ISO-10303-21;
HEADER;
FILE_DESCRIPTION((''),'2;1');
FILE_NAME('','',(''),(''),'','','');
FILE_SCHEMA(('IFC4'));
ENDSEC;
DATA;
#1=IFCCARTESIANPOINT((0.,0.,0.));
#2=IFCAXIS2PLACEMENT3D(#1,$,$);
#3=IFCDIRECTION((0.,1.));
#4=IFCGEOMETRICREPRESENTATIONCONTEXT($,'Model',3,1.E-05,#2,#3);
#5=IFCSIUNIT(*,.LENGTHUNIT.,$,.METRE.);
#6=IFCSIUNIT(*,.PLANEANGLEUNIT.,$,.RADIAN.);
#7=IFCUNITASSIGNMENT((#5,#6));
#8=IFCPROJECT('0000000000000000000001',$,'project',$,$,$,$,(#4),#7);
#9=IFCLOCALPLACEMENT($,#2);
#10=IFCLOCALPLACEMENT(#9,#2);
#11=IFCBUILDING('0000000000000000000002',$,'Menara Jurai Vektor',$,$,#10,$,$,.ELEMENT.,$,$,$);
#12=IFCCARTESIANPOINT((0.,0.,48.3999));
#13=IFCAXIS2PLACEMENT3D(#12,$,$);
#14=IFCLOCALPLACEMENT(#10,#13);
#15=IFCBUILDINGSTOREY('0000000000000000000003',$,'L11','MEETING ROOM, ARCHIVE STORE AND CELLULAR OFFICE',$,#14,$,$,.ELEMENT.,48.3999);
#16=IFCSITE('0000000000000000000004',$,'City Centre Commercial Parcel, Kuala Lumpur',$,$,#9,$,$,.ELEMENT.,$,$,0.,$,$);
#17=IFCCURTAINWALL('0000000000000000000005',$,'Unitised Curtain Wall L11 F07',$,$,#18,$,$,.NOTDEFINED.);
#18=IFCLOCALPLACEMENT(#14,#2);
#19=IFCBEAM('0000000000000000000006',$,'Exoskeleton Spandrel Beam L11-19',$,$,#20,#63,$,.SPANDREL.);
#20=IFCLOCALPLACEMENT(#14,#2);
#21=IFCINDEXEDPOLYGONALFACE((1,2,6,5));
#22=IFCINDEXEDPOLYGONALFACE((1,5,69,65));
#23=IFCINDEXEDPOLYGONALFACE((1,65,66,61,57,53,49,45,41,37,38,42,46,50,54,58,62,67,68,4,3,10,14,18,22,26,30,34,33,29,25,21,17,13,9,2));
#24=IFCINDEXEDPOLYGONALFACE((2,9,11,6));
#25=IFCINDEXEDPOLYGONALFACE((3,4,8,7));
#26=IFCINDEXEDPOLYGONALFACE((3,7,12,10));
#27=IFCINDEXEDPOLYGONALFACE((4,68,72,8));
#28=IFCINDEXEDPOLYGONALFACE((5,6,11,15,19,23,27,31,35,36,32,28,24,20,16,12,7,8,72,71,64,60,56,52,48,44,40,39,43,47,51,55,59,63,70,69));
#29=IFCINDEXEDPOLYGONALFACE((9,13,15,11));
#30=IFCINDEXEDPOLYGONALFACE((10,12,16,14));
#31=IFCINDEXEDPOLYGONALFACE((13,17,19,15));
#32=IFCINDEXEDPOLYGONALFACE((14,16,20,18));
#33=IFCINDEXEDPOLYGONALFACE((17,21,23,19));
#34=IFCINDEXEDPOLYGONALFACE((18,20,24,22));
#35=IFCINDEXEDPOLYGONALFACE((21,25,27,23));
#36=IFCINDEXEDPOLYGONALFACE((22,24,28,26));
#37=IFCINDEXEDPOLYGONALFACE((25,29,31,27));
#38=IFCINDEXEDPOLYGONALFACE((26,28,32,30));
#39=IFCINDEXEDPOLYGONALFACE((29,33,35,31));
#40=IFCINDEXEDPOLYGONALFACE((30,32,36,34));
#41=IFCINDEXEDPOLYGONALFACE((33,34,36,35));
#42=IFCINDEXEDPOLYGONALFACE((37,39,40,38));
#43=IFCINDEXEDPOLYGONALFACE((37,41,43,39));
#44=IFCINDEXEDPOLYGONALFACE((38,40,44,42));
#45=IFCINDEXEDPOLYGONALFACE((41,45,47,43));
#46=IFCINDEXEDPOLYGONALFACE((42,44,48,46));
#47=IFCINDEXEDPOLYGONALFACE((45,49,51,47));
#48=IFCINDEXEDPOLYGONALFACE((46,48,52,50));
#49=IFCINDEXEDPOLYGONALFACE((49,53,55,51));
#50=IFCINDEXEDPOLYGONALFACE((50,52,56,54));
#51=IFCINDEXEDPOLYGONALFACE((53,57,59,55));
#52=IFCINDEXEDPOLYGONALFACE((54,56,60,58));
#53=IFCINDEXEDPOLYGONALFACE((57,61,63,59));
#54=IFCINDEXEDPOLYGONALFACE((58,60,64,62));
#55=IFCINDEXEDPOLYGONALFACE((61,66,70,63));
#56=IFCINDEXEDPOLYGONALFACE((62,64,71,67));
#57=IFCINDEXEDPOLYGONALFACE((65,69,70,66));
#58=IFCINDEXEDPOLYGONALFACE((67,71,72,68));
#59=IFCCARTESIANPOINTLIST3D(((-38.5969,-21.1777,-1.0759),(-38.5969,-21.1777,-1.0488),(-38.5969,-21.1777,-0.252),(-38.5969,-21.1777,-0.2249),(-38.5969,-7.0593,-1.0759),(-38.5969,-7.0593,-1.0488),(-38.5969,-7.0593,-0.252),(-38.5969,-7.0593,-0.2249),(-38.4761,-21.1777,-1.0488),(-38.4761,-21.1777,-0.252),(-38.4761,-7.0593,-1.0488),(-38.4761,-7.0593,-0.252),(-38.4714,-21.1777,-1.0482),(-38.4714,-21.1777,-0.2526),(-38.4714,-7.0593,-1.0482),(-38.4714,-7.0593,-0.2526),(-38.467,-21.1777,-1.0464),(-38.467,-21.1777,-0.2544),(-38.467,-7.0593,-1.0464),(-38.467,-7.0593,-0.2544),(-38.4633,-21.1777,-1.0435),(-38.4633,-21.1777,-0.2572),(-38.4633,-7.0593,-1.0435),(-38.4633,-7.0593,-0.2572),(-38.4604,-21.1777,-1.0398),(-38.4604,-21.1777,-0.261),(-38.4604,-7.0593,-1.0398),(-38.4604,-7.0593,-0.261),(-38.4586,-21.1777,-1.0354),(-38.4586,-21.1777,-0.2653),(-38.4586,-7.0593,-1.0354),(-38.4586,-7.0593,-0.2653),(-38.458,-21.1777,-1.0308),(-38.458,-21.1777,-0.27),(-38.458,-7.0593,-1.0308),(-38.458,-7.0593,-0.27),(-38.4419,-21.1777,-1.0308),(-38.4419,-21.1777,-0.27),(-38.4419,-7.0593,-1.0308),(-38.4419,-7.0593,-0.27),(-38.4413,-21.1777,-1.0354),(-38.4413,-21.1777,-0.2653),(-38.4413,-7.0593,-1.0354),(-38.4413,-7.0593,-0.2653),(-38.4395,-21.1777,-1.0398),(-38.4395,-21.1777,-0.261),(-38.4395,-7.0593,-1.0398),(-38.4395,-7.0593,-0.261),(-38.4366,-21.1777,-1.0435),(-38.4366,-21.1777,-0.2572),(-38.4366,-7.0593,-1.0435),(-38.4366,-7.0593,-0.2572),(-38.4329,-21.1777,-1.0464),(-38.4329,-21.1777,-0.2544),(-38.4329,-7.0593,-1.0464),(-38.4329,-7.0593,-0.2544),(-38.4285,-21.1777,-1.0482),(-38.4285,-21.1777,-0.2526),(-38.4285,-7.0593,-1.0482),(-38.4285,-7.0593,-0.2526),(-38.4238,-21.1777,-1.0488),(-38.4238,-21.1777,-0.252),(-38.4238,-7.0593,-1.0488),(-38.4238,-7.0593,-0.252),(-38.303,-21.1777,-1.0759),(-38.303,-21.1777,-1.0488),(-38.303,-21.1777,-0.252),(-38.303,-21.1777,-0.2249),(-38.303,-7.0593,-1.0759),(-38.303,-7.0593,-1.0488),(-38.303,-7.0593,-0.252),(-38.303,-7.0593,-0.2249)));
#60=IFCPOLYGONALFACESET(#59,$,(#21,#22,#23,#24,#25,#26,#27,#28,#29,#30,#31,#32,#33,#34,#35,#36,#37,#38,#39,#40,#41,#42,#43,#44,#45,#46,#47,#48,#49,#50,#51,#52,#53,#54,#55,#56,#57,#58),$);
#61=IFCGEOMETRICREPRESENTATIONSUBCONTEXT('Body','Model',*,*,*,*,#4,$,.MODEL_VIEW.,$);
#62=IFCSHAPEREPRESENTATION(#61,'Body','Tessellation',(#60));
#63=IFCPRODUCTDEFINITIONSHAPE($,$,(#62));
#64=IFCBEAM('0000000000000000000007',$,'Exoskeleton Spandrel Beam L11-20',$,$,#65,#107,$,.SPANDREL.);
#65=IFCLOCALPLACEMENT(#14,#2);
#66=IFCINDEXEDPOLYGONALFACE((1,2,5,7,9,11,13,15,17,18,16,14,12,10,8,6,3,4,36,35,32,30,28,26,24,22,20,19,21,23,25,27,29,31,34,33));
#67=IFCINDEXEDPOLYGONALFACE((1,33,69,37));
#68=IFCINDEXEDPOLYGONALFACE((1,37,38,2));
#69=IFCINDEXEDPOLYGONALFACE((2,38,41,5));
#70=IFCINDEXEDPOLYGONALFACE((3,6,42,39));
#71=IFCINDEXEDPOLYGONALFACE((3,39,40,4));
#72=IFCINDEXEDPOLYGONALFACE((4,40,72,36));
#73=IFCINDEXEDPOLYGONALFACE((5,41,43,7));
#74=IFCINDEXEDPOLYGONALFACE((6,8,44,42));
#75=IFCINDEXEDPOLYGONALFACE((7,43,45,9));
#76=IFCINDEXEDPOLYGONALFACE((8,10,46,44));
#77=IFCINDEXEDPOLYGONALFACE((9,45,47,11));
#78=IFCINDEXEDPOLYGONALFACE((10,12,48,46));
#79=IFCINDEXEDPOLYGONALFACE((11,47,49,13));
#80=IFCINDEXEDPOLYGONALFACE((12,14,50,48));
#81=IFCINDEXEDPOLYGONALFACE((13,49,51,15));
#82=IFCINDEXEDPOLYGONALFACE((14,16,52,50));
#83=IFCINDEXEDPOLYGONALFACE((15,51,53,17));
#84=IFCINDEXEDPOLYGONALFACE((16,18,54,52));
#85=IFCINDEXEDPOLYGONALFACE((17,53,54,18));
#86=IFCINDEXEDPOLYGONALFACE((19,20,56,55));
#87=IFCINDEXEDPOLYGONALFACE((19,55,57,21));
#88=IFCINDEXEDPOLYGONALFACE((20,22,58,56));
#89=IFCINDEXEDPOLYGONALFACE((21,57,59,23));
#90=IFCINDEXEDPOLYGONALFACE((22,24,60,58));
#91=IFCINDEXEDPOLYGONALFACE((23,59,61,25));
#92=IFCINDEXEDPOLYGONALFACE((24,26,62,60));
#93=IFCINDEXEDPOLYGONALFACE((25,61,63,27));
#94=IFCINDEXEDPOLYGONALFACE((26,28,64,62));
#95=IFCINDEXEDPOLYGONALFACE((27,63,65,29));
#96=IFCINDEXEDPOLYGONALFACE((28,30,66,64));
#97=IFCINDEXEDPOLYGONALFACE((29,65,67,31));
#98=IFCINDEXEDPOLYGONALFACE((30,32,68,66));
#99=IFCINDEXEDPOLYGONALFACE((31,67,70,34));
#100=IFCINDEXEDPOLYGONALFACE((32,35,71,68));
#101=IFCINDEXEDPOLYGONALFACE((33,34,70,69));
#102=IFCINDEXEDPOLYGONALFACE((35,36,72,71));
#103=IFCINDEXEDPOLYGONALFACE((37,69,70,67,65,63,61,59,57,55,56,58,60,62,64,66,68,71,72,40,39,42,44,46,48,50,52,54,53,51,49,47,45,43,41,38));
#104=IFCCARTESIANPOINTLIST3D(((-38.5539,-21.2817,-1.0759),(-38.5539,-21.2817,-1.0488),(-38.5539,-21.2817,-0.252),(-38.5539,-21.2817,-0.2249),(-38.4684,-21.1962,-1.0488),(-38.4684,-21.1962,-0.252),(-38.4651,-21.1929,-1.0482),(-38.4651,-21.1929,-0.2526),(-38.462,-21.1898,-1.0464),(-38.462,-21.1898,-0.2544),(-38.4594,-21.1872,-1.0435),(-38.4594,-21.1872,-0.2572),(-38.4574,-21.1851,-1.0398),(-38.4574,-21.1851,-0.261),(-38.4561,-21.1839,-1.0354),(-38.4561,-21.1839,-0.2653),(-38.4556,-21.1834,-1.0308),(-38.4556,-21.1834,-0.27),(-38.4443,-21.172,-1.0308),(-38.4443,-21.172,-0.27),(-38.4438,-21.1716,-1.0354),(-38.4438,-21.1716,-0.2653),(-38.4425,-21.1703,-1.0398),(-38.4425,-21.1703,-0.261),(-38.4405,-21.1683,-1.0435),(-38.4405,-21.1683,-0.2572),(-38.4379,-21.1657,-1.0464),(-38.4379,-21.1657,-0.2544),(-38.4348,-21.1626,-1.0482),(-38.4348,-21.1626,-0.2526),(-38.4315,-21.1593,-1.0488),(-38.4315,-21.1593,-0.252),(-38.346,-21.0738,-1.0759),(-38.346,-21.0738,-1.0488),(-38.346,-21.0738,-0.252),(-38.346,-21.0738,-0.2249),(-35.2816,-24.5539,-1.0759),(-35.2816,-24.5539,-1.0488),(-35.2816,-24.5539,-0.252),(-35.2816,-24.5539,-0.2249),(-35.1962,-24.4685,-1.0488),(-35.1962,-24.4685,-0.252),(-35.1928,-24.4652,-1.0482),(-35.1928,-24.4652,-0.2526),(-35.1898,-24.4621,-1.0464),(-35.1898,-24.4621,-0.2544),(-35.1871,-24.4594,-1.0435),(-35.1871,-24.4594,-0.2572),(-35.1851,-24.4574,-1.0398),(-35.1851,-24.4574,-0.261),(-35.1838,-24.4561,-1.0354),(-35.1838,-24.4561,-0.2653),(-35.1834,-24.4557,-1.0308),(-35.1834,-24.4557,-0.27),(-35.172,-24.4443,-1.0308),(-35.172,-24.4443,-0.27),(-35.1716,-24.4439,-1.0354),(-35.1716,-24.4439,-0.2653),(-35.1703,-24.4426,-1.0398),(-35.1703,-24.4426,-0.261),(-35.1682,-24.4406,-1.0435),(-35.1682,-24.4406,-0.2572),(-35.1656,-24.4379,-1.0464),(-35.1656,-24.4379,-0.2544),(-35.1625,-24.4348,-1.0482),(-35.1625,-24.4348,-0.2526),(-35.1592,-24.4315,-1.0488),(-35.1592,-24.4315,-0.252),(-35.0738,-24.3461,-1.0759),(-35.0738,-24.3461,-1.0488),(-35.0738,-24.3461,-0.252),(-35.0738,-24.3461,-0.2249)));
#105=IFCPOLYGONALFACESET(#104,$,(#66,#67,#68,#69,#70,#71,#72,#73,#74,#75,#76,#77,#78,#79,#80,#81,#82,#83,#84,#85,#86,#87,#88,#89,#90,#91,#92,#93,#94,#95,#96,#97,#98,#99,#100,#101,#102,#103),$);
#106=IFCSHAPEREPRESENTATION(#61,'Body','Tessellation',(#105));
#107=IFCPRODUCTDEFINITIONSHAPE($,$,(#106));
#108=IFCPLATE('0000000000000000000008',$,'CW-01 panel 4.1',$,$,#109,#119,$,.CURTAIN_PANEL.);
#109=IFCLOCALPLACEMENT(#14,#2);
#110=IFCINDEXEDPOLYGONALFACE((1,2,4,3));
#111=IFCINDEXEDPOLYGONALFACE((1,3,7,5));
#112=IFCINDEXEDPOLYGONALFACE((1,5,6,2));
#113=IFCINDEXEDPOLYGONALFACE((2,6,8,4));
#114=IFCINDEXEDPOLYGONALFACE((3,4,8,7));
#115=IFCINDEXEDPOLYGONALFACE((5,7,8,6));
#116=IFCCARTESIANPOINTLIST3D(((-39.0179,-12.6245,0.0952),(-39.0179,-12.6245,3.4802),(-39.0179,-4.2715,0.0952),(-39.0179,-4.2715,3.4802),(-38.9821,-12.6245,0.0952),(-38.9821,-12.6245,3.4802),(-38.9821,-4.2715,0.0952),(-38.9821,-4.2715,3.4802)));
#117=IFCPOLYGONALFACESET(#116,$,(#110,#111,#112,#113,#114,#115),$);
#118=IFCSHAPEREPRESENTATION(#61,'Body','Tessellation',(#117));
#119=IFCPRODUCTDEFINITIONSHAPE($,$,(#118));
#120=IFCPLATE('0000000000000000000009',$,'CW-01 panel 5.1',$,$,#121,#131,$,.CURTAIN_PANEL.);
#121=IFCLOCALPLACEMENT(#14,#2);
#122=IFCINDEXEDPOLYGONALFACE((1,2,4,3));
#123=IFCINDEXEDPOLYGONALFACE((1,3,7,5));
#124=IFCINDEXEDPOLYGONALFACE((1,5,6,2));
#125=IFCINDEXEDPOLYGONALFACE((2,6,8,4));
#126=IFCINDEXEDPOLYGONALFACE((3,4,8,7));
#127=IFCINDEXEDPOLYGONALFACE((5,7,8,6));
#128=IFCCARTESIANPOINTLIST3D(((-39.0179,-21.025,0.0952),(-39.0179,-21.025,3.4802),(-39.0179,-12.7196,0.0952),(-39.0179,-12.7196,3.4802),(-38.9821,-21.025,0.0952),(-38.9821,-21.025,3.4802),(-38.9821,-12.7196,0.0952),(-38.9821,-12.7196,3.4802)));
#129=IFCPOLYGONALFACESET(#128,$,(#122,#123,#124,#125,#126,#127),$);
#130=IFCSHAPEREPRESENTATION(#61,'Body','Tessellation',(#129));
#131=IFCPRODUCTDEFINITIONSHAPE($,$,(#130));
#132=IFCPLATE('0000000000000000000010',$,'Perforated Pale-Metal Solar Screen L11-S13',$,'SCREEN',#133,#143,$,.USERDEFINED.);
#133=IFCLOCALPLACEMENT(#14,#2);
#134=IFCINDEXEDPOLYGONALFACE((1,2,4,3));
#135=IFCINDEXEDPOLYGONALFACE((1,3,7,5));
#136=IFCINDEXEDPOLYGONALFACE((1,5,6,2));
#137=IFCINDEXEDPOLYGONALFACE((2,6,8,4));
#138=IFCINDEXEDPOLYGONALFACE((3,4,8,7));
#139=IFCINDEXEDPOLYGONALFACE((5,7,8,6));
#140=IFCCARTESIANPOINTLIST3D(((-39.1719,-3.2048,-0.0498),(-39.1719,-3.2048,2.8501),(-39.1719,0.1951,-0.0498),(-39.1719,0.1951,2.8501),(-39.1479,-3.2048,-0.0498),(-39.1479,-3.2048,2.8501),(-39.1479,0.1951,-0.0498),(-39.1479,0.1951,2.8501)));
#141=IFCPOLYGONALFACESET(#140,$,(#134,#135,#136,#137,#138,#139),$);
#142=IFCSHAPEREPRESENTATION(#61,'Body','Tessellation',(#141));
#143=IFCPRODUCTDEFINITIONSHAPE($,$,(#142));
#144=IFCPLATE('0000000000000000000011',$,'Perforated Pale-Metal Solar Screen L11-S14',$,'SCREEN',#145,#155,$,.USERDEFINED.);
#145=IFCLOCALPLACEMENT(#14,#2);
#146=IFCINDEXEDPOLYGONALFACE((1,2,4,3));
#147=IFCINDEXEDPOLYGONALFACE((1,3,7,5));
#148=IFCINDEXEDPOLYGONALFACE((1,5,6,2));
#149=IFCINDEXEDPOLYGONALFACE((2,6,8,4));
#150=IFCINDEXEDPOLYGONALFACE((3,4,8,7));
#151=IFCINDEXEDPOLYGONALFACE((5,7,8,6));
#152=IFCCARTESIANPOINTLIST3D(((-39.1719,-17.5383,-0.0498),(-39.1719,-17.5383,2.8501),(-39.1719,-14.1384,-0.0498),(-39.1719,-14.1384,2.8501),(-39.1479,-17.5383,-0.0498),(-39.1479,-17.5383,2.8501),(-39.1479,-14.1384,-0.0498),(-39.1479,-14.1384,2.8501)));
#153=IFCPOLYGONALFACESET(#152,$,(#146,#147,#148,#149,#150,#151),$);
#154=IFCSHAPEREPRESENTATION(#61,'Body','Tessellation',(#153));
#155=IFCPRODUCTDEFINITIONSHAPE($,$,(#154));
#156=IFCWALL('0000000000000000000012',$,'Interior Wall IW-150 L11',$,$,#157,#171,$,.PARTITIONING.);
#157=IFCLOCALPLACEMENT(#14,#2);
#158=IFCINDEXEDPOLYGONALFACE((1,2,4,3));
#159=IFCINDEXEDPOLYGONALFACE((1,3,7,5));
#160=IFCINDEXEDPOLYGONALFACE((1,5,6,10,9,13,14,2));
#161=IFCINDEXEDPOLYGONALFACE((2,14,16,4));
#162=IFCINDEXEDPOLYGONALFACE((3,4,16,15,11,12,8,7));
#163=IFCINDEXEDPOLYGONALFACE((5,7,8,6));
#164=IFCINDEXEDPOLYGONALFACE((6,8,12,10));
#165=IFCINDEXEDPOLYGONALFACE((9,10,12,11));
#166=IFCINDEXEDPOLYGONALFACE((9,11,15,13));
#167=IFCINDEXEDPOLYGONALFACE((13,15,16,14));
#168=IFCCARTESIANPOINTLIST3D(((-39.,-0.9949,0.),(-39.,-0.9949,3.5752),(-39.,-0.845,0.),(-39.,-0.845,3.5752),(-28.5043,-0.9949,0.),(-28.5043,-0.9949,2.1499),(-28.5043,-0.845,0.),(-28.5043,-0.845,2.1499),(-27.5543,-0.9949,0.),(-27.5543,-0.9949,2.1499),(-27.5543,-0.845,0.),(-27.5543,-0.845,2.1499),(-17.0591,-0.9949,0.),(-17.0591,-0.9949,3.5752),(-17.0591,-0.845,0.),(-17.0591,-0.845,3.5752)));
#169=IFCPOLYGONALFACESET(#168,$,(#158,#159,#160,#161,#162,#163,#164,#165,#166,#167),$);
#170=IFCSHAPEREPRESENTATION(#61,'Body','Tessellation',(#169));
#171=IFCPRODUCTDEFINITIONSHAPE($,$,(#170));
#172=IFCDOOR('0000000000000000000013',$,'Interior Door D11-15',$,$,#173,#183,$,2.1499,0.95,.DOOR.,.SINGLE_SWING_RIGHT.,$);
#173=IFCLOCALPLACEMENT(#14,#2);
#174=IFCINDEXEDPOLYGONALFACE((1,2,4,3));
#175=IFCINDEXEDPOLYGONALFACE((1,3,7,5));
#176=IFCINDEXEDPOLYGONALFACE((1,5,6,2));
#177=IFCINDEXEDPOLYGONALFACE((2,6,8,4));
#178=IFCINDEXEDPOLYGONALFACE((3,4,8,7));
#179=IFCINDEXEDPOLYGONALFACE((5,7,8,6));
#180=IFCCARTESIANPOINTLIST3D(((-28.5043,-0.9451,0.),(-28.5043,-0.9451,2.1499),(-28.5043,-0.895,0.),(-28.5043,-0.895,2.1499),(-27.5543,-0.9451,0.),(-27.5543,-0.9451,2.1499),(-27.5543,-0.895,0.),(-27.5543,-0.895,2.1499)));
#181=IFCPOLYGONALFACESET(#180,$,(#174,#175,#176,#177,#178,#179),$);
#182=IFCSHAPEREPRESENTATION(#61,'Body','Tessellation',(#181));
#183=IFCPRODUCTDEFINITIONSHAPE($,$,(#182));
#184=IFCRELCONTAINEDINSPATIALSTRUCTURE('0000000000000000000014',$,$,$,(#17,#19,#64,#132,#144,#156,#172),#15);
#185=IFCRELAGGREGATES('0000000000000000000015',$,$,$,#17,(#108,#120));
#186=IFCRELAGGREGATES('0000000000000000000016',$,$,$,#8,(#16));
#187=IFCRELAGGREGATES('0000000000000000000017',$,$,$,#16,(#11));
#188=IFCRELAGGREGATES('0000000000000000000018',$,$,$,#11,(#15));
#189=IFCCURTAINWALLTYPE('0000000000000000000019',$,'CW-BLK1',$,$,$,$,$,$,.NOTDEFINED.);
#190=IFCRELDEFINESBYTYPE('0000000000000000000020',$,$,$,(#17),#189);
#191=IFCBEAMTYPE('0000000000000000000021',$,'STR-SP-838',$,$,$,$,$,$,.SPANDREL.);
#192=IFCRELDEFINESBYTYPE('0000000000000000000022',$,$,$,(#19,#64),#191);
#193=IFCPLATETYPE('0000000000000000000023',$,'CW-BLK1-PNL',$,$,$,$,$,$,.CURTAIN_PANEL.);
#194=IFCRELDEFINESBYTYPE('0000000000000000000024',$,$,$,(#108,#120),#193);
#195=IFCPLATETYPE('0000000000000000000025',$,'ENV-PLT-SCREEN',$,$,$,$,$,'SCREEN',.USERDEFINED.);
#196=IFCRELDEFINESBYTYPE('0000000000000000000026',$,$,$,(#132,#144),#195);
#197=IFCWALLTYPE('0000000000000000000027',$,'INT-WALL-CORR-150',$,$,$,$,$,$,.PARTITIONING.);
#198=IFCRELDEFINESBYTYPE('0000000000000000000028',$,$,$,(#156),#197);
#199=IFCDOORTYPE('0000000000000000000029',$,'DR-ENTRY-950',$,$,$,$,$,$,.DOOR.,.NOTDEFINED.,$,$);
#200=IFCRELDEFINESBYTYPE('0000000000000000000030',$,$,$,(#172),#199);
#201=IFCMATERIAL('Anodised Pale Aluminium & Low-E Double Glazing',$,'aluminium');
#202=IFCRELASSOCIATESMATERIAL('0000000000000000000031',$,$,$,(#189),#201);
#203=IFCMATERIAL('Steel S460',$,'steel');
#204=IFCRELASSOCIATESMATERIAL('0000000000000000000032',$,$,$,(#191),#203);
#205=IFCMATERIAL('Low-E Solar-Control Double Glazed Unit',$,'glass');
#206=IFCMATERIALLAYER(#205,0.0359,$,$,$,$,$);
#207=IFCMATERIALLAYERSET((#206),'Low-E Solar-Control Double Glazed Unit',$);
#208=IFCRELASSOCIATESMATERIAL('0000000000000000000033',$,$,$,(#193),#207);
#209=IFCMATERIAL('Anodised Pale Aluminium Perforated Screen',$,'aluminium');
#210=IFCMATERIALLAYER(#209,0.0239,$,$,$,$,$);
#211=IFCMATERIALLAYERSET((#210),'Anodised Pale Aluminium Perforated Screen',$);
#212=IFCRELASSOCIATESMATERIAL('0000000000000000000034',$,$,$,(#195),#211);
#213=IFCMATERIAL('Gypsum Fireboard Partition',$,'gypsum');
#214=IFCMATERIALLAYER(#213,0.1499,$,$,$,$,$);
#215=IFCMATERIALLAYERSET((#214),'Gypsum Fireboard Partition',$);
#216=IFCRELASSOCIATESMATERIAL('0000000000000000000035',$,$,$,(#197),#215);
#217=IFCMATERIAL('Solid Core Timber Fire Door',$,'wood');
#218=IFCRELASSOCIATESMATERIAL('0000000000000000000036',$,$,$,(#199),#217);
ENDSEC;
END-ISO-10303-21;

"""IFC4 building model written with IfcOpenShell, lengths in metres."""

from ifc_helpers import new_model, si_unit, direction, frame, frame_2d, origin, origin_2d, place, context, subcontext, project, spatial, rectangle, i_section, extrude, material, layer, layer_set, material_profile, profile_set, type_object, element, fill, aggregate, save


model = new_model("IFC4")

# Units and contexts
model_context = context("Model", 3, precision=1e-05, world=origin(), true_north=direction((0.0, 1.0)))
body_context = subcontext(model_context, "Body", "Model", "MODEL_VIEW")
ifc_project = project(units=[si_unit("LENGTHUNIT", "METRE"), si_unit("PLANEANGLEUNIT", "RADIAN")], contexts=[model_context])

# Site, building, storey
site_placement = place(None, origin())
site = spatial("IfcSite", under=ifc_project, at=site_placement, Name="City Centre Commercial Parcel, Kuala Lumpur", CompositionType="ELEMENT", RefElevation=0.0)
building_placement = place(site_placement, origin())
building = spatial("IfcBuilding", under=site, at=building_placement, Name="Menara Jurai Vektor", CompositionType="ELEMENT")
storey_placement = place(building_placement, frame((0.0, 0.0, 48.3999)))
storey = spatial("IfcBuildingStorey", under=building, at=storey_placement, Name="L11", Description="MEETING ROOM, ARCHIVE STORE AND CELLULAR OFFICE", CompositionType="ELEMENT", Elevation=48.3999)

# Shared definitions
ifc_material_1 = material(Name="Steel S460", Category="steel")

# Curtain wall
ifc_material_2 = material(Name="Anodised Pale Aluminium & Low-E Double Glazing", Category="aluminium")
curtain_wall_type = type_object("IfcCurtainWallType", Name="CW-BLK1", PredefinedType="NOTDEFINED", material=ifc_material_2)
curtain_wall_placement = place(storey_placement, origin())
curtain_wall = element("IfcCurtainWall", 1, at=curtain_wall_placement, inside=storey, type_object=curtain_wall_type, Name="Unitised Curtain Wall L11 F07", PredefinedType="NOTDEFINED")

# Beams
ifc_material_profile_1 = material_profile(ifc_material_1, i_section(OverallWidth=0.2939, OverallDepth=0.8511, WebThickness=0.0161, FlangeThickness=0.0271, FilletRadius=0.0181, at=origin_2d()), Name="UKB 838x292x226")
ifc_profile_set_1 = profile_set([ifc_material_profile_1], Name="Steel S460")
beam_type_1 = type_object("IfcBeamType", Name="STR-SP-838", PredefinedType="SPANDREL", material=ifc_profile_set_1)
beam_1_placement = place(storey_placement, frame((-38.45, -7.0593, -0.6504), z_axis=(0.0, -1.0, 0.0), x_axis=(1.0, 0.0, 0.0)))
element("IfcBeam", 2, at=beam_1_placement, inside=storey, type_object=beam_type_1, Name="Exoskeleton Spandrel Beam L11-19", PredefinedType="SPANDREL", context=body_context, shape_type="SweptSolid", body=[
    extrude(i_section(OverallWidth=0.2939, OverallDepth=0.8511, WebThickness=0.0161, FlangeThickness=0.0271, FilletRadius=0.0181, at=origin_2d()), origin(), (0.0, 0.0, 1.0), 14.1184),
])
beam_2_placement = place(storey_placement, frame((-38.45, -21.1777, -0.6504), z_axis=(0.707107, -0.707107, 0.0), x_axis=(0.707107, 0.707107, 0.0)))
element("IfcBeam", 3, at=beam_2_placement, inside=storey, type_object=beam_type_1, Name="Exoskeleton Spandrel Beam L11-20", PredefinedType="SPANDREL", context=body_context, shape_type="SweptSolid", body=[
    extrude(i_section(OverallWidth=0.2939, OverallDepth=0.8511, WebThickness=0.0161, FlangeThickness=0.0271, FilletRadius=0.0181, at=origin_2d()), origin(), (0.0, 0.0, 1.0), 4.6277),
])

# Plates
ifc_material_3 = material(Name="Low-E Solar-Control Double Glazed Unit", Category="glass")
ifc_layer_1 = layer(ifc_material_3, 0.0359)
ifc_layer_set_1 = layer_set([ifc_layer_1], Name="Low-E Solar-Control Double Glazed Unit")
plate_type_1 = type_object("IfcPlateType", Name="CW-BLK1-PNL", PredefinedType="CURTAIN_PANEL", material=ifc_layer_set_1)
plate_1_placement = place(storey_placement, frame((-39.0, -8.448, 0.0952), z_axis=(0.0, 0.0, 1.0), x_axis=(0.0, -1.0, 0.0)))
plate_1 = element("IfcPlate", 4, at=plate_1_placement, type_object=plate_type_1, Name="CW-01 panel 4.1", PredefinedType="CURTAIN_PANEL", context=body_context, shape_type="SweptSolid", body=[
    extrude(rectangle(XDim=8.353, YDim=0.0359, at=origin_2d()), origin(), (0.0, 0.0, 1.0), 3.385),
])
plate_2_placement = place(storey_placement, frame((-39.0, -16.8723, 0.0952), z_axis=(0.0, 0.0, 1.0), x_axis=(0.0, -1.0, 0.0)))
plate_2 = element("IfcPlate", 5, at=plate_2_placement, type_object=plate_type_1, Name="CW-01 panel 5.1", PredefinedType="CURTAIN_PANEL", context=body_context, shape_type="SweptSolid", body=[
    extrude(rectangle(XDim=8.3054, YDim=0.0359, at=origin_2d()), origin(), (0.0, 0.0, 1.0), 3.385),
])
aggregate(curtain_wall, [plate_1, plate_2])

# Plates
ifc_material_4 = material(Name="Anodised Pale Aluminium Perforated Screen", Category="aluminium")
ifc_layer_2 = layer(ifc_material_4, 0.0239)
ifc_layer_set_2 = layer_set([ifc_layer_2], Name="Anodised Pale Aluminium Perforated Screen")
plate_type_2 = type_object("IfcPlateType", Name="ENV-PLT-SCREEN", ElementType="SCREEN", PredefinedType="USERDEFINED", material=ifc_layer_set_2)
for number, where, z_axis, x_axis, name in (
    (6, (-39.1599, -1.5049, -0.0498), (0.0, 0.0, 1.0), (0.0, -1.0, 0.0), "Perforated Pale-Metal Solar Screen L11-S13"),
    (7, (-39.1599, -15.8384, -0.0498), (0.0, 0.0, 1.0), (0.0, -1.0, 0.0), "Perforated Pale-Metal Solar Screen L11-S14"),
):
    element("IfcPlate", number, at=place(storey_placement, frame(where, z_axis=z_axis, x_axis=x_axis)), inside=storey, type_object=plate_type_2, Name=name, ObjectType="SCREEN", PredefinedType="USERDEFINED", context=body_context, shape_type="SweptSolid", body=[
        extrude(rectangle(XDim=3.3999, YDim=0.0239, at=origin_2d()), origin(), (0.0, 0.0, 1.0), 2.8999),
    ])

# Wall, opening, door
ifc_material_5 = material(Name="Gypsum Fireboard Partition", Category="gypsum")
ifc_layer_3 = layer(ifc_material_5, 0.1499)
ifc_layer_set_3 = layer_set([ifc_layer_3], Name="Gypsum Fireboard Partition")
wall_type = type_object("IfcWallType", Name="INT-WALL-CORR-150", PredefinedType="PARTITIONING", material=ifc_layer_set_3)
wall_1_placement = place(storey_placement, frame((-39.0, -0.9199, 0.0), z_axis=(0.0, 0.0, 1.0), x_axis=(1.0, 0.0, 0.0)))
wall_1 = element("IfcWall", 8, at=wall_1_placement, inside=storey, type_object=wall_type, Name="Interior Wall IW-150 L11", PredefinedType="PARTITIONING", context=body_context, shape_type="SweptSolid", body=[
    extrude(rectangle(XDim=21.9409, YDim=0.1499, at=frame_2d((10.9705, 0.0))), origin(), (0.0, 0.0, 1.0), 3.5752),
])
opening_1_placement = place(wall_1_placement, frame((10.4956, 0.0, 0.0)))
opening_1 = element("IfcOpeningElement", 9, at=opening_1_placement, cuts=wall_1, PredefinedType="OPENING", context=body_context, shape_type="SweptSolid", body=[
    extrude(rectangle(XDim=0.95, YDim=2.1499, at=frame_2d((0.4751, 1.075))), frame((0.0, 0.085, 0.0), z_axis=(0.0, -1.0, 0.0), x_axis=(1.0, 0.0, 0.0)), (0.0, 0.0, 1.0), 0.1699),
])
ifc_material_6 = material(Name="Solid Core Timber Fire Door", Category="wood")
door_type = type_object("IfcDoorType", Name="DR-ENTRY-950", OperationType="NOTDEFINED", PredefinedType="DOOR", material=ifc_material_6)
door_1_placement = place(opening_1_placement, origin())
door_1 = element("IfcDoor", 10, at=door_1_placement, inside=storey, type_object=door_type, Name="Interior Door D11-15", OperationType="SINGLE_SWING_RIGHT", OverallHeight=2.1499, OverallWidth=0.95, PredefinedType="DOOR", context=body_context, shape_type="SweptSolid", body=[
    extrude(rectangle(XDim=0.95, YDim=2.1499, at=frame_2d((0.4751, 1.075))), frame((0.0, 0.0249, 0.0), z_axis=(0.0, -1.0, 0.0), x_axis=(1.0, 0.0, 0.0)), (0.0, 0.0, 1.0), 0.05),
])
fill(opening_1, door_1)

save(model, "model.ifc")
